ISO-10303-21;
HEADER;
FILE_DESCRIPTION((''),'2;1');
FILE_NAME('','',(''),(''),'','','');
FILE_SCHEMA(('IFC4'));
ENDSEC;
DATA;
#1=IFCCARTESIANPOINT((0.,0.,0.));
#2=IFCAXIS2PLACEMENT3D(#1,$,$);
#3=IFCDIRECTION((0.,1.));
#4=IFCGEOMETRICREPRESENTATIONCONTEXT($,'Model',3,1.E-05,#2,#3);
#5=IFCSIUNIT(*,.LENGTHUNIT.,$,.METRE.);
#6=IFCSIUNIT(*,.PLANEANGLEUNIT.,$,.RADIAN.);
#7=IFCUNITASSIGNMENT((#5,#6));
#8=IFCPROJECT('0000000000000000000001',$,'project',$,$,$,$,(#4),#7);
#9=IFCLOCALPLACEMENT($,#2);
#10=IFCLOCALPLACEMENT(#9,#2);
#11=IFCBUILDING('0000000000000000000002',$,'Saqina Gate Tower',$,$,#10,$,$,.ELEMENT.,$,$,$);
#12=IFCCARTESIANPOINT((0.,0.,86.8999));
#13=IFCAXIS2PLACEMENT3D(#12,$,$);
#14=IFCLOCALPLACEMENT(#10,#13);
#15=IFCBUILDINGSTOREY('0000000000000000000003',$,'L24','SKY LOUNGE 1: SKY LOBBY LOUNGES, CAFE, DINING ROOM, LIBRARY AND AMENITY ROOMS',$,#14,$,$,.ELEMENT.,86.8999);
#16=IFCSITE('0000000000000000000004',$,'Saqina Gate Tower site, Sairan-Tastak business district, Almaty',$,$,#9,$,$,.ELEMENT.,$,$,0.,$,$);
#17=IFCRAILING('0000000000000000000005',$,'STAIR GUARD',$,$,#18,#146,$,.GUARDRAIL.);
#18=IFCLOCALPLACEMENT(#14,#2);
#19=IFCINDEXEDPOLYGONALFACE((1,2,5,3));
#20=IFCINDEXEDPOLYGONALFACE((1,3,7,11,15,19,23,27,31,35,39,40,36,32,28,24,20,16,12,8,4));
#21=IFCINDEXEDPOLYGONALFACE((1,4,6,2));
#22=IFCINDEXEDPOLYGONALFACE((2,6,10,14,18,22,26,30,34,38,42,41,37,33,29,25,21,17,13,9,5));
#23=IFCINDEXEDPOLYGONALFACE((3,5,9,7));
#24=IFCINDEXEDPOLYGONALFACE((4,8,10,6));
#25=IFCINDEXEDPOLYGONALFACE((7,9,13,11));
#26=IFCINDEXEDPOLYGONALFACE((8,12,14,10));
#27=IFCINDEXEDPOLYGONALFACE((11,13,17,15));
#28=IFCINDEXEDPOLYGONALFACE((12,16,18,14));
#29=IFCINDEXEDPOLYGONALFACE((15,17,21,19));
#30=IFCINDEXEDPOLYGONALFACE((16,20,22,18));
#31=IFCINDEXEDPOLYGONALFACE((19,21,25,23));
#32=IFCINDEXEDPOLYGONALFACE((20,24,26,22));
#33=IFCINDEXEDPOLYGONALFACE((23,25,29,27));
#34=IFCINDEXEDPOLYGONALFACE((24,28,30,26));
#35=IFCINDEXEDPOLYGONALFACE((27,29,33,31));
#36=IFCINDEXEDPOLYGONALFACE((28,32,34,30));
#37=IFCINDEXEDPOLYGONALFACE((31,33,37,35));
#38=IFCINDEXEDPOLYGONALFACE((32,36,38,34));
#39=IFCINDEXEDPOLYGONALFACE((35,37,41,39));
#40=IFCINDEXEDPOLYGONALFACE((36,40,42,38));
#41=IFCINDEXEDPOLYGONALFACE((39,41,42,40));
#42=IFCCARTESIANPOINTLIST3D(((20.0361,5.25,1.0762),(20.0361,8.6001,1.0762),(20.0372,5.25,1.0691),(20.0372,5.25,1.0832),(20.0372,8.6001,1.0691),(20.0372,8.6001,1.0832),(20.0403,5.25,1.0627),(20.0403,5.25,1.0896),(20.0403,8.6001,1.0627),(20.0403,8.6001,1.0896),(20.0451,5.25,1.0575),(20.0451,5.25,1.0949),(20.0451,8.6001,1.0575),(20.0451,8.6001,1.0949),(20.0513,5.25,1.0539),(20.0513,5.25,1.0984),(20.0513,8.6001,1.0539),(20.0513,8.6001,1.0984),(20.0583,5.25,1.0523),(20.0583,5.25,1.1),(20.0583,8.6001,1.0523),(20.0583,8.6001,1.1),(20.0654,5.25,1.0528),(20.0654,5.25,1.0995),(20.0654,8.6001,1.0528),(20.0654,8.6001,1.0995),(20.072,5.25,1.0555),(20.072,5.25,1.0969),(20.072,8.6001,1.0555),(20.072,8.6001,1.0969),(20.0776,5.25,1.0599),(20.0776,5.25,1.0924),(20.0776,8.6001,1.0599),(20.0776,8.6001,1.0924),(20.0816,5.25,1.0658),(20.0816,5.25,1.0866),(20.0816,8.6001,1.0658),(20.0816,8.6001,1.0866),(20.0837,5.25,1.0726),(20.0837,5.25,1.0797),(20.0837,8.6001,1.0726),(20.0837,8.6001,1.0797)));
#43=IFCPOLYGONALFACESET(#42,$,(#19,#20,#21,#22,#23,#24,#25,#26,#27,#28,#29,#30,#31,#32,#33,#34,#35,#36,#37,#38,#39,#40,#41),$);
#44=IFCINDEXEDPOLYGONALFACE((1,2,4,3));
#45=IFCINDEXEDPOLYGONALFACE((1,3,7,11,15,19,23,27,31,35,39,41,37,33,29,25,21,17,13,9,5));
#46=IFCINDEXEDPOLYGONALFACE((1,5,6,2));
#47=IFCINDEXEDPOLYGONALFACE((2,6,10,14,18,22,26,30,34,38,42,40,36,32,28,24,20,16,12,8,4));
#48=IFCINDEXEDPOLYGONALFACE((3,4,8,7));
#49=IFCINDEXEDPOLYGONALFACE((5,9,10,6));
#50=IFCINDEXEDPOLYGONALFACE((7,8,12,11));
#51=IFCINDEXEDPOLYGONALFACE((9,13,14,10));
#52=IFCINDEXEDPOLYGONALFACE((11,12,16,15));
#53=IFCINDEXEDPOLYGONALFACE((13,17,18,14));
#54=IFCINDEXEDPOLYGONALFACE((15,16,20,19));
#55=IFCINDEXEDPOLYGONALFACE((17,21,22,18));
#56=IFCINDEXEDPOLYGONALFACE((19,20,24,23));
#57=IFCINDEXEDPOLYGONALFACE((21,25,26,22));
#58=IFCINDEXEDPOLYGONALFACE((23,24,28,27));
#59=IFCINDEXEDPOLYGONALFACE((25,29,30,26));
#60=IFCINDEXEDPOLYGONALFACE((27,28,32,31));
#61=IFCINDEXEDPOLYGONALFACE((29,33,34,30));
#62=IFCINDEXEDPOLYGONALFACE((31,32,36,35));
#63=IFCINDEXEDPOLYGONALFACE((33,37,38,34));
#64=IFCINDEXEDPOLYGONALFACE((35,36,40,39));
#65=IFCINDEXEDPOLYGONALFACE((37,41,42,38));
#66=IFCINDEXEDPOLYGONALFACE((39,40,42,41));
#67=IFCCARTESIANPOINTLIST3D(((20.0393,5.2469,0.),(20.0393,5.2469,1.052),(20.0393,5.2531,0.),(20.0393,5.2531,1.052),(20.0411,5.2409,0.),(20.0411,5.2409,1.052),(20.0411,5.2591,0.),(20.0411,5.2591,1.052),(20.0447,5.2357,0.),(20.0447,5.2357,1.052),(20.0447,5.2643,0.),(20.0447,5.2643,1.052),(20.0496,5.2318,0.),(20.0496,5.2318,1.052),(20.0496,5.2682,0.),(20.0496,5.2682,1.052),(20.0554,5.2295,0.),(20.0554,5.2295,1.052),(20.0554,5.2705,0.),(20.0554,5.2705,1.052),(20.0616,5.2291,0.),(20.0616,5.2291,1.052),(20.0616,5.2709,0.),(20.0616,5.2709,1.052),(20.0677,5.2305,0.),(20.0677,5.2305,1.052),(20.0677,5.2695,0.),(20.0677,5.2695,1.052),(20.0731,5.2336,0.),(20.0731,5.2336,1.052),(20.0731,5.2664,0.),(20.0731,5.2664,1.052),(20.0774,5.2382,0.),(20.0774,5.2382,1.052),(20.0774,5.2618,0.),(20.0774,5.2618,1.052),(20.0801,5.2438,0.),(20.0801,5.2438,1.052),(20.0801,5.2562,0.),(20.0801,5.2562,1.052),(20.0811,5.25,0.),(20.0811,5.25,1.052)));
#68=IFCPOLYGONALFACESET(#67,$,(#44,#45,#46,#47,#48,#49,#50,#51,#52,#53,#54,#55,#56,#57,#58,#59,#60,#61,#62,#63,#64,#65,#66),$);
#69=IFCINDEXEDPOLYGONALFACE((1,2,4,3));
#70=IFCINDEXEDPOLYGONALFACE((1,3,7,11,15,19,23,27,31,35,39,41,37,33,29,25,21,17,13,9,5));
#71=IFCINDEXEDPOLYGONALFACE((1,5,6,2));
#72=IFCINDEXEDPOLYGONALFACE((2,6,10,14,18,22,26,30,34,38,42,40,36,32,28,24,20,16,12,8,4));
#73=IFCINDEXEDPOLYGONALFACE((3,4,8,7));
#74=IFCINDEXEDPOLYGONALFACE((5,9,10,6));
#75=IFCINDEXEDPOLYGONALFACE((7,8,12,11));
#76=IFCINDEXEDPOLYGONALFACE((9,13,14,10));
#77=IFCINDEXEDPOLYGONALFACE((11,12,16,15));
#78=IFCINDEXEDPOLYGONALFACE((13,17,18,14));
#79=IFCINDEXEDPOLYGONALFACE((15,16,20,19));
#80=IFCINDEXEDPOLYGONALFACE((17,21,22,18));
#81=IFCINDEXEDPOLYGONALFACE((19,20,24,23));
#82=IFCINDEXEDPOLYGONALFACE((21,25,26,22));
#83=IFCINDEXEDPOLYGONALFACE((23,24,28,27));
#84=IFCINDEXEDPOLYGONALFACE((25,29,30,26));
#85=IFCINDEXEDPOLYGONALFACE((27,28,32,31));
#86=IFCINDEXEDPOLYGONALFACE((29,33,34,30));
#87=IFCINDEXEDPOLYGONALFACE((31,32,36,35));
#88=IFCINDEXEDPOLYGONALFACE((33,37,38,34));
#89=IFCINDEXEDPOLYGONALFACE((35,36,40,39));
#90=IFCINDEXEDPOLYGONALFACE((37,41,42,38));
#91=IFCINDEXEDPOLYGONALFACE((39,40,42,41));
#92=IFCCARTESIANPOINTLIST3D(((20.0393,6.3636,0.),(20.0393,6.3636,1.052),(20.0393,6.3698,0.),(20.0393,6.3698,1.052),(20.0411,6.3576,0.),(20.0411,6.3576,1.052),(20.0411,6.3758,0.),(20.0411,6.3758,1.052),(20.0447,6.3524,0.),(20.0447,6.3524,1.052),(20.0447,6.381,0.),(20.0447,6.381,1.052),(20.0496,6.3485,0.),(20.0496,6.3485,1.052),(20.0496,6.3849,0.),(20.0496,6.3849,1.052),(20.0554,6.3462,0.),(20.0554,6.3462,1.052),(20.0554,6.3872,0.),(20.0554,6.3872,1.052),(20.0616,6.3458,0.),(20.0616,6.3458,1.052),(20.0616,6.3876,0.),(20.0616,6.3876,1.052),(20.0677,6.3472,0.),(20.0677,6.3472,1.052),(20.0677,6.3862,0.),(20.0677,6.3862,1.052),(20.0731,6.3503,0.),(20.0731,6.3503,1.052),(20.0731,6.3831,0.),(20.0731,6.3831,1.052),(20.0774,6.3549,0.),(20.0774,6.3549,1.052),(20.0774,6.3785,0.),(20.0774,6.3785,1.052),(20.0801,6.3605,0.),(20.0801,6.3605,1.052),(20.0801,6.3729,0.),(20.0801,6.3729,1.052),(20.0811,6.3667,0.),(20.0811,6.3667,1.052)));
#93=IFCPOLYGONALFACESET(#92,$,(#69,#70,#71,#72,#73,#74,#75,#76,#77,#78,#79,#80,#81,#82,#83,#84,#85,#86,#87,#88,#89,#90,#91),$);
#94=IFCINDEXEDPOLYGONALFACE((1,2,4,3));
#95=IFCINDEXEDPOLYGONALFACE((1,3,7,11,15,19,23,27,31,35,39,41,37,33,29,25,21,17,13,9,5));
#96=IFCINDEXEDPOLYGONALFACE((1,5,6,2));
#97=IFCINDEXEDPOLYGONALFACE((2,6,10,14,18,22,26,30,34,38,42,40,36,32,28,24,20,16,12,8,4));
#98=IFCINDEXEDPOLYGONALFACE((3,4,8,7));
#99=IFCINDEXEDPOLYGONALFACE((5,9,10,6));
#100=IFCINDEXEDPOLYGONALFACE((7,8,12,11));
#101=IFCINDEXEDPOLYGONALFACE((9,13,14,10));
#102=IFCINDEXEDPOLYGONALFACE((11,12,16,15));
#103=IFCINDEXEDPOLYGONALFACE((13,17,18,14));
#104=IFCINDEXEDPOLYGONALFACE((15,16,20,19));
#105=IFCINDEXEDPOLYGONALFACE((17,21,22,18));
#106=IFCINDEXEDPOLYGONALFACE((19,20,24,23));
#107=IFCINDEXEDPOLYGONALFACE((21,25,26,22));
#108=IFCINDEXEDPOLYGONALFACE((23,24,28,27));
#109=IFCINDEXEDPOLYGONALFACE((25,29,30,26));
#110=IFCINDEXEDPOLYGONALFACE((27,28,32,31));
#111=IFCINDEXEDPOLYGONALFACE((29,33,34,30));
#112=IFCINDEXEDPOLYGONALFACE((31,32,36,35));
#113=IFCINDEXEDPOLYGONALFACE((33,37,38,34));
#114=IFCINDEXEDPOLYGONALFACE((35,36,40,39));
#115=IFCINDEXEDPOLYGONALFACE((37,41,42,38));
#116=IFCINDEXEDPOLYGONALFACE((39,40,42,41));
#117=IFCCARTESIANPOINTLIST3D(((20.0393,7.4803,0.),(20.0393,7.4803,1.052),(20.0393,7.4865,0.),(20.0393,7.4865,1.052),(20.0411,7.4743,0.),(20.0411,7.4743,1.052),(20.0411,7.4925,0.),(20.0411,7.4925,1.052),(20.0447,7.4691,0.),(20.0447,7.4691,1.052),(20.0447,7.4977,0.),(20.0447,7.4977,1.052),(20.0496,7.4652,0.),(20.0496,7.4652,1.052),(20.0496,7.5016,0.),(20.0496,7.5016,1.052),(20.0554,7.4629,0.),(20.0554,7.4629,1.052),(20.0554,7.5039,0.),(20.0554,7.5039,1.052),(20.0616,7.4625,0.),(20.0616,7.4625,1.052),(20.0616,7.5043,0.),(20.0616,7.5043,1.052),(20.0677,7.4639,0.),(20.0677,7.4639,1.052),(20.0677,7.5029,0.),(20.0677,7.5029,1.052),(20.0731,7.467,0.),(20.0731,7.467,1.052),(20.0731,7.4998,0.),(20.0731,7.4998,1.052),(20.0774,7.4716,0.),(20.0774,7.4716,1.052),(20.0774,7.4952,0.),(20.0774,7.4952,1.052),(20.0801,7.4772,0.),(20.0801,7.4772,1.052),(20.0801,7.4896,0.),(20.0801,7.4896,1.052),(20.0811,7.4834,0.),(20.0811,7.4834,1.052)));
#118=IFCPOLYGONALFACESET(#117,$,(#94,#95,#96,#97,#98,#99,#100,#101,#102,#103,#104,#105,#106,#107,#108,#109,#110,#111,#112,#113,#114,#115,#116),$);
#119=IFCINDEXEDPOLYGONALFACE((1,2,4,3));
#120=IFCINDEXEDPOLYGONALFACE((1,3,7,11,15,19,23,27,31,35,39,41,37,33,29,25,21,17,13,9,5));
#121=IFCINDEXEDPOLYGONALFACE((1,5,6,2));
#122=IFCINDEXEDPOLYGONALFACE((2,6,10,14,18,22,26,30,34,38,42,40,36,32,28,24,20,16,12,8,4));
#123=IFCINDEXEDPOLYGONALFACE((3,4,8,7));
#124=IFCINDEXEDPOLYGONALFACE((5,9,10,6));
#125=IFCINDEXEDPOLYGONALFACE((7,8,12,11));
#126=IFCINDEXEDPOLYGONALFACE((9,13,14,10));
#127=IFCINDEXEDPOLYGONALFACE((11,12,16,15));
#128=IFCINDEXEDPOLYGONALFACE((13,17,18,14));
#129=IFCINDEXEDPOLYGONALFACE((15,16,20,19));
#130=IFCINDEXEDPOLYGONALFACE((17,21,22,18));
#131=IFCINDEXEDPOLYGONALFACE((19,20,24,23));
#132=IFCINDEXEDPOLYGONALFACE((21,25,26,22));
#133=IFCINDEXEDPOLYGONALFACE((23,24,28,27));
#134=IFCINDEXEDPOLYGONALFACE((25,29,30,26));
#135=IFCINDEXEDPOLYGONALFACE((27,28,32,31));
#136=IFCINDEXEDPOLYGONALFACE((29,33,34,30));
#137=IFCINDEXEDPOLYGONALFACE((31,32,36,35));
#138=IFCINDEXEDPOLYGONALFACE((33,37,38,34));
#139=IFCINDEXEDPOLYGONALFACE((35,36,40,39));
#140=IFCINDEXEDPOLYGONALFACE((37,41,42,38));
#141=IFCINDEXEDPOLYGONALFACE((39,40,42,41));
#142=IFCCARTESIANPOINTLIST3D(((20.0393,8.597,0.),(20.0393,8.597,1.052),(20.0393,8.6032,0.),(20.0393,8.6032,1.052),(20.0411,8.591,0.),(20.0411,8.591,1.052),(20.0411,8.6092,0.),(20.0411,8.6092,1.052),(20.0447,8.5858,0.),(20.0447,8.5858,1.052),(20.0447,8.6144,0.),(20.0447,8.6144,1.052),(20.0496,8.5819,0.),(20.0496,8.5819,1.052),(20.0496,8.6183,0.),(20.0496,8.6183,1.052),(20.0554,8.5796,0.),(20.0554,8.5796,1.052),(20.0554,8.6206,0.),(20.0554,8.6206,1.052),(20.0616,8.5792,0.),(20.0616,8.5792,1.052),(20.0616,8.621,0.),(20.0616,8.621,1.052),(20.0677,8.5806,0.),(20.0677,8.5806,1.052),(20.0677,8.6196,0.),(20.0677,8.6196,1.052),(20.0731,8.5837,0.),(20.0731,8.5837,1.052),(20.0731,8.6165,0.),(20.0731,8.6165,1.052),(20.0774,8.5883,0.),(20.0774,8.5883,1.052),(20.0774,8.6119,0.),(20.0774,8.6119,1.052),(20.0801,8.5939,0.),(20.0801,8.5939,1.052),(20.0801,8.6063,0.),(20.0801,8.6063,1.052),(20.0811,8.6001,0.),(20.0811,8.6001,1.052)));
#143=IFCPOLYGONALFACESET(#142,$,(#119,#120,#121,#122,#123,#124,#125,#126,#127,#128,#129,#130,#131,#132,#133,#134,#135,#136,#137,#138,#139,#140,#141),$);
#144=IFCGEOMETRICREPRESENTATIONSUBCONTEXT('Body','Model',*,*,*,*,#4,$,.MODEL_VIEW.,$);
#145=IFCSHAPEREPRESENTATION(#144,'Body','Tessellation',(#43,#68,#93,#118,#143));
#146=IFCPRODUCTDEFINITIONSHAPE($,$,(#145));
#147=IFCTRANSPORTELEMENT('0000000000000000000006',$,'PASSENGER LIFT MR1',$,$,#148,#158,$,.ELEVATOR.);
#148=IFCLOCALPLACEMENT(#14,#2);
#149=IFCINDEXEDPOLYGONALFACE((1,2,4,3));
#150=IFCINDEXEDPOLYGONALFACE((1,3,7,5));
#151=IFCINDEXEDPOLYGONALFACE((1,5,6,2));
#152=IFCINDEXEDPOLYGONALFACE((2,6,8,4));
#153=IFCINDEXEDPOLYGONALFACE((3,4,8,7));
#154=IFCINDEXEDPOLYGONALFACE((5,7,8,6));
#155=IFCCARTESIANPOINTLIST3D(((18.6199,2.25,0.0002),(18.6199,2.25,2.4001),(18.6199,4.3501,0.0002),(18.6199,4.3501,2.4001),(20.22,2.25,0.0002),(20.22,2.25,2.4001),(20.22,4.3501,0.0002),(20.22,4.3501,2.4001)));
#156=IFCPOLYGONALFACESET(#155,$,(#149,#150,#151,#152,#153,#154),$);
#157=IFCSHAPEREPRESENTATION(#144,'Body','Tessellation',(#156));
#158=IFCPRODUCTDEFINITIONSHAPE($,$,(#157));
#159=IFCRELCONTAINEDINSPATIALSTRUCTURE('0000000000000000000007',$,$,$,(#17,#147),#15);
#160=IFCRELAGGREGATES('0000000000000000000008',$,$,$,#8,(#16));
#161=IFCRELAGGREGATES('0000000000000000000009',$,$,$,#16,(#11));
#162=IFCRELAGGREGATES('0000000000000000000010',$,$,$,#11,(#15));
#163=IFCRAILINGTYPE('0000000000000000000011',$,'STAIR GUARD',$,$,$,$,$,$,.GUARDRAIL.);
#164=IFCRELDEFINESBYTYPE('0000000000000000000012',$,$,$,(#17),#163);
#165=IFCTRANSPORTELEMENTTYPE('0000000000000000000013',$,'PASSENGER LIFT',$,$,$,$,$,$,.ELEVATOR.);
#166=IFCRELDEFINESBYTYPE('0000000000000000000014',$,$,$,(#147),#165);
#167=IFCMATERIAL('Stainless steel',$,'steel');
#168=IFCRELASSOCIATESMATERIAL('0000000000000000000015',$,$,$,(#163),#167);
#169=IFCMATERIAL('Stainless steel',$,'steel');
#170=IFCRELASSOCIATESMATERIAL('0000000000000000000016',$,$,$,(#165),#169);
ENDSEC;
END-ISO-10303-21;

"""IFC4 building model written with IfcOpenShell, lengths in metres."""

from ifc_helpers import new_model, si_unit, direction, frame, origin, origin_2d, place, context, subcontext, project, spatial, rectangle, circle, extrude, material, type_object, element, save


model = new_model("IFC4")

# Units and contexts
model_context = context("Model", 3, precision=1e-05, world=origin(), true_north=direction((0.0, 1.0)))
body_context = subcontext(model_context, "Body", "Model", "MODEL_VIEW")
ifc_project = project(units=[si_unit("LENGTHUNIT", "METRE"), si_unit("PLANEANGLEUNIT", "RADIAN")], contexts=[model_context])

# Site, building, storey
site_placement = place(None, origin())
site = spatial("IfcSite", under=ifc_project, at=site_placement, Name="Saqina Gate Tower site, Sairan-Tastak business district, Almaty", CompositionType="ELEMENT", RefElevation=0.0)
building_placement = place(site_placement, origin())
building = spatial("IfcBuilding", under=site, at=building_placement, Name="Saqina Gate Tower", CompositionType="ELEMENT")
storey_placement = place(building_placement, frame((0.0, 0.0, 86.8999)))
storey = spatial("IfcBuildingStorey", under=building, at=storey_placement, Name="L24", Description="SKY LOUNGE 1: SKY LOBBY LOUNGES, CAFE, DINING ROOM, LIBRARY AND AMENITY ROOMS", CompositionType="ELEMENT", Elevation=86.8999)

# Railing
ifc_material_1 = material(Name="Stainless steel", Category="steel")
railing_type_1 = type_object("IfcRailingType", Name="STAIR GUARD", PredefinedType="GUARDRAIL", material=ifc_material_1)
railing_1_placement = place(storey_placement, frame((20.0601, 5.25, 0.0)))
element("IfcRailing", 1, at=railing_1_placement, inside=storey, type_object=railing_type_1, Name="STAIR GUARD", PredefinedType="GUARDRAIL", context=body_context, shape_type="SweptSolid", body=[
    extrude(circle(Radius=0.0239, at=origin_2d()), frame((0.0, 0.0, 1.0762), z_axis=(0.0, 1.0, 0.0), x_axis=(-1.0, 0.0, 0.0)), (0.0, 0.0, 1.0), 3.3501),
    extrude(circle(Radius=0.021, at=origin_2d()), origin(), (0.0, 0.0, 1.0), 1.052),
    extrude(circle(Radius=0.021, at=origin_2d()), frame((0.0, 1.1167, 0.0)), (0.0, 0.0, 1.0), 1.052),
    extrude(circle(Radius=0.021, at=origin_2d()), frame((0.0, 2.2334, 0.0)), (0.0, 0.0, 1.0), 1.052),
    extrude(circle(Radius=0.021, at=origin_2d()), frame((0.0, 3.3501, 0.0)), (0.0, 0.0, 1.0), 1.052),
])

# Transport element
ifc_material_2 = material(Name="Stainless steel", Category="steel")
transport_element_type = type_object("IfcTransportElementType", Name="PASSENGER LIFT", PredefinedType="ELEVATOR", material=ifc_material_2)
transport_element_placement = place(storey_placement, frame((19.4199, 3.3, 0.0002), z_axis=(0.0, 0.0, 1.0), x_axis=(1.0, 0.0, 0.0)))
element("IfcTransportElement", 2, at=transport_element_placement, inside=storey, type_object=transport_element_type, Name="PASSENGER LIFT MR1", PredefinedType="ELEVATOR", context=body_context, shape_type="SweptSolid", body=[
    extrude(rectangle(XDim=1.6001, YDim=2.1001, at=origin_2d()), origin(), (0.0, 0.0, 1.0), 2.3999),
])

save(model, "model.ifc")
